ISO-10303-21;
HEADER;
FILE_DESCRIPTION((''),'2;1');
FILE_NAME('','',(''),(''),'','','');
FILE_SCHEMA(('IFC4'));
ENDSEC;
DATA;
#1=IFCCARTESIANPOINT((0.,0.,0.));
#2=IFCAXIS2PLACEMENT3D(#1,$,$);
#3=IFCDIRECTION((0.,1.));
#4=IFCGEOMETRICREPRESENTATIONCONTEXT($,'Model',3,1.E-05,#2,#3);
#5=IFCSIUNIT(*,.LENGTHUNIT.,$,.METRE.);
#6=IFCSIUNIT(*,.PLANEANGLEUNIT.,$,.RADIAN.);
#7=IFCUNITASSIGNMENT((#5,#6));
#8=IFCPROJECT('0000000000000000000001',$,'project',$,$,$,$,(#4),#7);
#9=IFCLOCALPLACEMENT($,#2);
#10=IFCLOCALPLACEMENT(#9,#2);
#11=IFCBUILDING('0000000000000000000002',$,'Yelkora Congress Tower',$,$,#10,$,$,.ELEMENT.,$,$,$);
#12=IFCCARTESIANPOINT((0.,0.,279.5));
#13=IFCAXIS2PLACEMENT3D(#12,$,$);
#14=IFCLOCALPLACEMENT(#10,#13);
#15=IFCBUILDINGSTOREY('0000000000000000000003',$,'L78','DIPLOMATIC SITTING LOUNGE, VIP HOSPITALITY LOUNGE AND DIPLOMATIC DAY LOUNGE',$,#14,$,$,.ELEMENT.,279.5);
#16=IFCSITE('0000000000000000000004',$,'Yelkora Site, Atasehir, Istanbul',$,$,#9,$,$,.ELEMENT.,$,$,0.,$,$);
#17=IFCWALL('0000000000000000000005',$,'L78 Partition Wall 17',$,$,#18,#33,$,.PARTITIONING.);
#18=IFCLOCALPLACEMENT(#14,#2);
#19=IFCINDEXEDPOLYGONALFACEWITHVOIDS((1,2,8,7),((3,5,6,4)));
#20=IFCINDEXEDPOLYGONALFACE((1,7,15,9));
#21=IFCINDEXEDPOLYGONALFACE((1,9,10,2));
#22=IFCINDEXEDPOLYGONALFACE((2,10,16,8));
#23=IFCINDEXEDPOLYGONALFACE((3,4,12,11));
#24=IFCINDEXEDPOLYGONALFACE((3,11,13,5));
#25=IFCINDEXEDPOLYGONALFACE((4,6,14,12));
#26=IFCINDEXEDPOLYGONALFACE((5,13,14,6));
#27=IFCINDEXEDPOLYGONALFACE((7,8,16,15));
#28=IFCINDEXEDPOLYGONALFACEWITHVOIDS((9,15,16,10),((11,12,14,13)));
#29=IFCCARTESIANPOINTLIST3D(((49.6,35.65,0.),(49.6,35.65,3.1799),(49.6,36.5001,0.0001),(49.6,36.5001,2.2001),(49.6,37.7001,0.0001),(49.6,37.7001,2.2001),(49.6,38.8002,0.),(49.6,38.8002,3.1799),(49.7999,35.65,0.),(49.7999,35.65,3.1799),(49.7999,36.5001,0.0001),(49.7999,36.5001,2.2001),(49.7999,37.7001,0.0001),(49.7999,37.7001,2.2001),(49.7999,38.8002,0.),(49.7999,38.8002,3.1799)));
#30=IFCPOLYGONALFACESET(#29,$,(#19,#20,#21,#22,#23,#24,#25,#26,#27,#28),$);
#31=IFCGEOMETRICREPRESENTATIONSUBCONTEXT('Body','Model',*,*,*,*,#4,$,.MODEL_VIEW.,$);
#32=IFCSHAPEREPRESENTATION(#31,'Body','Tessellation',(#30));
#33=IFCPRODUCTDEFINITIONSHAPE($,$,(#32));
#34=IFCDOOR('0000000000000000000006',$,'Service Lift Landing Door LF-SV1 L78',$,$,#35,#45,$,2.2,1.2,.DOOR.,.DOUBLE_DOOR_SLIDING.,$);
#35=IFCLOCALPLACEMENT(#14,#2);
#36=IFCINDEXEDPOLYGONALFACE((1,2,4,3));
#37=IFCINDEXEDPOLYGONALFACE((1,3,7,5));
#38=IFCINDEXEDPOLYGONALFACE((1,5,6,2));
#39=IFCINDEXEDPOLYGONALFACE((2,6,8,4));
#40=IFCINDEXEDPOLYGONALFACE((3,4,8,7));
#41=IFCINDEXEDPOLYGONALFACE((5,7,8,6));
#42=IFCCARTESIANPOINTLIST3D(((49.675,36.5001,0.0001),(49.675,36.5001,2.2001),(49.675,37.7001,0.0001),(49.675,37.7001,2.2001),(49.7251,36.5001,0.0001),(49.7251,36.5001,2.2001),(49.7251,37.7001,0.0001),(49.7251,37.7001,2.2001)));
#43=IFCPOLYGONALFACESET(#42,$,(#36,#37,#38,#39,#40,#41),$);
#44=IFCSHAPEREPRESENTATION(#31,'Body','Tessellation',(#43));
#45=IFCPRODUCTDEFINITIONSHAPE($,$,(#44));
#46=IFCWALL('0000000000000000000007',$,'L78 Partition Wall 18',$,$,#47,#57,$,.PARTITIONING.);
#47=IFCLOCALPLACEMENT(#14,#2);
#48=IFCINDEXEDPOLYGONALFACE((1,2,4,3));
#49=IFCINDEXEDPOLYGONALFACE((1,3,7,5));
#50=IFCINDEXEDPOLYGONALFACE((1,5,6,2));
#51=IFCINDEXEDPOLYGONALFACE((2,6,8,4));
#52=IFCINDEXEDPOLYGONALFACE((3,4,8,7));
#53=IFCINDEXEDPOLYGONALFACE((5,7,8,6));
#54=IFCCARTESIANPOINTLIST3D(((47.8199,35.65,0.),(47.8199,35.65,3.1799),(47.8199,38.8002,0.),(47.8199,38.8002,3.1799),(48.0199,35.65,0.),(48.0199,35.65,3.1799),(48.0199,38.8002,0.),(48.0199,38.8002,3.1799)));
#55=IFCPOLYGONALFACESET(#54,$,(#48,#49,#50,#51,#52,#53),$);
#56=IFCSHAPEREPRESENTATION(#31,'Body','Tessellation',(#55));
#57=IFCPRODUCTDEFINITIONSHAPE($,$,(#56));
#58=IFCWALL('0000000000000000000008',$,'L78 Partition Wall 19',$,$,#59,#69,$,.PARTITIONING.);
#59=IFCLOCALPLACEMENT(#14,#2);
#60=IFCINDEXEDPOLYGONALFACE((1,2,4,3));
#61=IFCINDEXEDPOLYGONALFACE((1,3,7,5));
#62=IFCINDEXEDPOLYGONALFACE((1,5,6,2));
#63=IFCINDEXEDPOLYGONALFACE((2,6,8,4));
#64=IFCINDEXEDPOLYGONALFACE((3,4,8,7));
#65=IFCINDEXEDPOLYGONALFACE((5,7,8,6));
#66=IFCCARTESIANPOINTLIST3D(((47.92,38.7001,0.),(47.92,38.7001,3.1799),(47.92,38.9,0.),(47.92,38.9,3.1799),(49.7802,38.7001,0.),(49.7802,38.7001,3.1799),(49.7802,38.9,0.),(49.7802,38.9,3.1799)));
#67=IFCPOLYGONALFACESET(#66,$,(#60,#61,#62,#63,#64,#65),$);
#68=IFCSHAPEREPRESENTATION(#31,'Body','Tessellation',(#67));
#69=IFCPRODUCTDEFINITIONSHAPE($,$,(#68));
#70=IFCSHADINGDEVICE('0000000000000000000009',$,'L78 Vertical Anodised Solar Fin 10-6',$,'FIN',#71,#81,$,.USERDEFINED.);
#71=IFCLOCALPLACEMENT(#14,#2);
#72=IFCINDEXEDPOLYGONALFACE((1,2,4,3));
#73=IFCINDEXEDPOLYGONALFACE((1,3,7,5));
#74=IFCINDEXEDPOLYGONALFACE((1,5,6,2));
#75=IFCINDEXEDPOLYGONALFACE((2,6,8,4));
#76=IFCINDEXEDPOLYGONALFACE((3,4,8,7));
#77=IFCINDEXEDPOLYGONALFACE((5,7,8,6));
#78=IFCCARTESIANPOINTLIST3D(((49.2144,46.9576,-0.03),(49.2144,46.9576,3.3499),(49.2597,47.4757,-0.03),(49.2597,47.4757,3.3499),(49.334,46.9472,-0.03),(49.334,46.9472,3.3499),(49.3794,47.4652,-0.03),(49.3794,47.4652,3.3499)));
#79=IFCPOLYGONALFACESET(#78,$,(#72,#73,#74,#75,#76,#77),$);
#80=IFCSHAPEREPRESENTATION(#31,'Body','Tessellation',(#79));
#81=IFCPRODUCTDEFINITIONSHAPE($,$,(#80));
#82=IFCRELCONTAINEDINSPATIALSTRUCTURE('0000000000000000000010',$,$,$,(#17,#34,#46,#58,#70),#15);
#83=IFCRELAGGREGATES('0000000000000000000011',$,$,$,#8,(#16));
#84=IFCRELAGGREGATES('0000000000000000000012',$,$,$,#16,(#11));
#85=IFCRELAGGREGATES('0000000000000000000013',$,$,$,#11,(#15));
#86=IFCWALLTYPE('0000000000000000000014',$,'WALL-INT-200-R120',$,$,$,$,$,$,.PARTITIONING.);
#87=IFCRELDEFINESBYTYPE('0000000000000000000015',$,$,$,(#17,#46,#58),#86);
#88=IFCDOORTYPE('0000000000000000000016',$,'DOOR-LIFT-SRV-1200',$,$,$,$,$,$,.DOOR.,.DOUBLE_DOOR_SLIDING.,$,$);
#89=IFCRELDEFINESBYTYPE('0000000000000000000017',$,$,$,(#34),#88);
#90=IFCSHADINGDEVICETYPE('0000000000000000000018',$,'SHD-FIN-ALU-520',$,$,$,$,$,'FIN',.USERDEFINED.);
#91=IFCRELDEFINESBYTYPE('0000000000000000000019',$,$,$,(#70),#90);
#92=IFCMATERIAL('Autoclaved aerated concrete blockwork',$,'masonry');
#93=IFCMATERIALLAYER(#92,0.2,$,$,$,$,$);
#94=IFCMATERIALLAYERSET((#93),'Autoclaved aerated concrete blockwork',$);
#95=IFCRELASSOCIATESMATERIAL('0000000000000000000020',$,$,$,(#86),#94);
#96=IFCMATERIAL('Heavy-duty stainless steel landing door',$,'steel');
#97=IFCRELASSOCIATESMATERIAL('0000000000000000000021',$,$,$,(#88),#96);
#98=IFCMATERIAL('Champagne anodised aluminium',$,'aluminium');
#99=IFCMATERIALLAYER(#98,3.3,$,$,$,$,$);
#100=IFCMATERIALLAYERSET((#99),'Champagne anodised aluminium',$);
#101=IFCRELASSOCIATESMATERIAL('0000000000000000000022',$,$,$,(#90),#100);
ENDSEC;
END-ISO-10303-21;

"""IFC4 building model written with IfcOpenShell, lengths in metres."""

from ifc_helpers import new_model, si_unit, direction, frame, frame_2d, origin, origin_2d, place, context, subcontext, project, spatial, rectangle, extrude, material, layer, layer_set, type_object, element, fill, save


model = new_model("IFC4")

# Units and contexts
model_context = context("Model", 3, precision=1e-05, world=origin(), true_north=direction((0.0, 1.0)))
body_context = subcontext(model_context, "Body", "Model", "MODEL_VIEW")
ifc_project = project(units=[si_unit("LENGTHUNIT", "METRE"), si_unit("PLANEANGLEUNIT", "RADIAN")], contexts=[model_context])

# Site, building, storey
site_placement = place(None, origin())
site = spatial("IfcSite", under=ifc_project, at=site_placement, Name="Yelkora Site, Atasehir, Istanbul", CompositionType="ELEMENT", RefElevation=0.0)
building_placement = place(site_placement, origin())
building = spatial("IfcBuilding", under=site, at=building_placement, Name="Yelkora Congress Tower", CompositionType="ELEMENT")
storey_placement = place(building_placement, frame((0.0, 0.0, 279.5)))
storey = spatial("IfcBuildingStorey", under=building, at=storey_placement, Name="L78", Description="DIPLOMATIC SITTING LOUNGE, VIP HOSPITALITY LOUNGE AND DIPLOMATIC DAY LOUNGE", CompositionType="ELEMENT", Elevation=279.5)

# Wall, opening, door
ifc_material_1 = material(Name="Autoclaved aerated concrete blockwork", Category="masonry")
ifc_layer_1 = layer(ifc_material_1, 0.2)
ifc_layer_set_1 = layer_set([ifc_layer_1], Name="Autoclaved aerated concrete blockwork")
wall_type_1 = type_object("IfcWallType", Name="WALL-INT-200-R120", PredefinedType="PARTITIONING", material=ifc_layer_set_1)
wall_1_placement = place(storey_placement, frame((49.7, 35.6499, 0.0), z_axis=(0.0, 0.0, 1.0), x_axis=(0.0, 1.0, 0.0)))
wall_1 = element("IfcWall", 1, at=wall_1_placement, inside=storey, type_object=wall_type_1, Name="L78 Partition Wall 17", PredefinedType="PARTITIONING", context=body_context, shape_type="SweptSolid", body=[
    extrude(rectangle(XDim=3.1501, YDim=0.2, at=frame_2d((1.5752, 0.0))), origin(), (0.0, 0.0, 1.0), 3.1799),
])
opening_1_placement = place(wall_1_placement, frame((0.8501, 0.0, 0.0)))
opening_1 = element("IfcOpeningElement", 2, at=opening_1_placement, cuts=wall_1, PredefinedType="OPENING", context=body_context, shape_type="SweptSolid", body=[
    extrude(rectangle(XDim=1.2, YDim=2.2, at=frame_2d((0.6001, 1.1001))), frame((0.0, 0.1099, 0.0), z_axis=(0.0, -1.0, 0.0), x_axis=(1.0, 0.0, 0.0)), (0.0, 0.0, 1.0), 0.22),
])
ifc_material_2 = material(Name="Heavy-duty stainless steel landing door", Category="steel")
door_type_1 = type_object("IfcDoorType", Name="DOOR-LIFT-SRV-1200", OperationType="DOUBLE_DOOR_SLIDING", PredefinedType="DOOR", material=ifc_material_2)
door_1_placement = place(opening_1_placement, origin())
door_1 = element("IfcDoor", 3, at=door_1_placement, inside=storey, type_object=door_type_1, Name="Service Lift Landing Door LF-SV1 L78", OperationType="DOUBLE_DOOR_SLIDING", OverallHeight=2.2, OverallWidth=1.2, PredefinedType="DOOR", context=body_context, shape_type="SweptSolid", body=[
    extrude(rectangle(XDim=1.2, YDim=2.2, at=frame_2d((0.6001, 1.1001))), frame((0.0, 0.0249, 0.0), z_axis=(0.0, -1.0, 0.0), x_axis=(1.0, 0.0, 0.0)), (0.0, 0.0, 1.0), 0.05),
])
fill(opening_1, door_1)

# Walls
wall_2_placement = place(storey_placement, frame((47.9199, 35.6499, 0.0), z_axis=(0.0, 0.0, 1.0), x_axis=(0.0, 1.0, 0.0)))
element("IfcWall", 4, at=wall_2_placement, inside=storey, type_object=wall_type_1, Name="L78 Partition Wall 18", PredefinedType="PARTITIONING", context=body_context, shape_type="SweptSolid", body=[
    extrude(rectangle(XDim=3.1501, YDim=0.2, at=frame_2d((1.5752, 0.0))), origin(), (0.0, 0.0, 1.0), 3.1799),
])
wall_3_placement = place(storey_placement, frame((47.9199, 38.8, 0.0), z_axis=(0.0, 0.0, 1.0), x_axis=(1.0, 0.0, 0.0)))
element("IfcWall", 5, at=wall_3_placement, inside=storey, type_object=wall_type_1, Name="L78 Partition Wall 19", PredefinedType="PARTITIONING", context=body_context, shape_type="SweptSolid", body=[
    extrude(rectangle(XDim=1.8601, YDim=0.2, at=frame_2d((0.9302, 0.0))), origin(), (0.0, 0.0, 1.0), 3.1799),
])

# Shading device
ifc_material_3 = material(Name="Champagne anodised aluminium", Category="aluminium")
ifc_layer_2 = layer(ifc_material_3, 3.3)
ifc_layer_set_2 = layer_set([ifc_layer_2], Name="Champagne anodised aluminium")
shading_device_type = type_object("IfcShadingDeviceType", Name="SHD-FIN-ALU-520", ElementType="FIN", PredefinedType="USERDEFINED", material=ifc_layer_set_2)
shading_device_placement = place(storey_placement, frame((49.2969, 47.2114, -0.03), z_axis=(0.0, 0.0, 1.0), x_axis=(0.996195, -0.087156, 0.0)))
element("IfcShadingDevice", 6, at=shading_device_placement, inside=storey, type_object=shading_device_type, Name="L78 Vertical Anodised Solar Fin 10-6", ObjectType="FIN", PredefinedType="USERDEFINED", context=body_context, shape_type="SweptSolid", body=[
    extrude(rectangle(XDim=0.1201, YDim=0.52, at=origin_2d()), origin(), (0.0, 0.0, 1.0), 3.3799),
])

save(model, "model.ifc")
